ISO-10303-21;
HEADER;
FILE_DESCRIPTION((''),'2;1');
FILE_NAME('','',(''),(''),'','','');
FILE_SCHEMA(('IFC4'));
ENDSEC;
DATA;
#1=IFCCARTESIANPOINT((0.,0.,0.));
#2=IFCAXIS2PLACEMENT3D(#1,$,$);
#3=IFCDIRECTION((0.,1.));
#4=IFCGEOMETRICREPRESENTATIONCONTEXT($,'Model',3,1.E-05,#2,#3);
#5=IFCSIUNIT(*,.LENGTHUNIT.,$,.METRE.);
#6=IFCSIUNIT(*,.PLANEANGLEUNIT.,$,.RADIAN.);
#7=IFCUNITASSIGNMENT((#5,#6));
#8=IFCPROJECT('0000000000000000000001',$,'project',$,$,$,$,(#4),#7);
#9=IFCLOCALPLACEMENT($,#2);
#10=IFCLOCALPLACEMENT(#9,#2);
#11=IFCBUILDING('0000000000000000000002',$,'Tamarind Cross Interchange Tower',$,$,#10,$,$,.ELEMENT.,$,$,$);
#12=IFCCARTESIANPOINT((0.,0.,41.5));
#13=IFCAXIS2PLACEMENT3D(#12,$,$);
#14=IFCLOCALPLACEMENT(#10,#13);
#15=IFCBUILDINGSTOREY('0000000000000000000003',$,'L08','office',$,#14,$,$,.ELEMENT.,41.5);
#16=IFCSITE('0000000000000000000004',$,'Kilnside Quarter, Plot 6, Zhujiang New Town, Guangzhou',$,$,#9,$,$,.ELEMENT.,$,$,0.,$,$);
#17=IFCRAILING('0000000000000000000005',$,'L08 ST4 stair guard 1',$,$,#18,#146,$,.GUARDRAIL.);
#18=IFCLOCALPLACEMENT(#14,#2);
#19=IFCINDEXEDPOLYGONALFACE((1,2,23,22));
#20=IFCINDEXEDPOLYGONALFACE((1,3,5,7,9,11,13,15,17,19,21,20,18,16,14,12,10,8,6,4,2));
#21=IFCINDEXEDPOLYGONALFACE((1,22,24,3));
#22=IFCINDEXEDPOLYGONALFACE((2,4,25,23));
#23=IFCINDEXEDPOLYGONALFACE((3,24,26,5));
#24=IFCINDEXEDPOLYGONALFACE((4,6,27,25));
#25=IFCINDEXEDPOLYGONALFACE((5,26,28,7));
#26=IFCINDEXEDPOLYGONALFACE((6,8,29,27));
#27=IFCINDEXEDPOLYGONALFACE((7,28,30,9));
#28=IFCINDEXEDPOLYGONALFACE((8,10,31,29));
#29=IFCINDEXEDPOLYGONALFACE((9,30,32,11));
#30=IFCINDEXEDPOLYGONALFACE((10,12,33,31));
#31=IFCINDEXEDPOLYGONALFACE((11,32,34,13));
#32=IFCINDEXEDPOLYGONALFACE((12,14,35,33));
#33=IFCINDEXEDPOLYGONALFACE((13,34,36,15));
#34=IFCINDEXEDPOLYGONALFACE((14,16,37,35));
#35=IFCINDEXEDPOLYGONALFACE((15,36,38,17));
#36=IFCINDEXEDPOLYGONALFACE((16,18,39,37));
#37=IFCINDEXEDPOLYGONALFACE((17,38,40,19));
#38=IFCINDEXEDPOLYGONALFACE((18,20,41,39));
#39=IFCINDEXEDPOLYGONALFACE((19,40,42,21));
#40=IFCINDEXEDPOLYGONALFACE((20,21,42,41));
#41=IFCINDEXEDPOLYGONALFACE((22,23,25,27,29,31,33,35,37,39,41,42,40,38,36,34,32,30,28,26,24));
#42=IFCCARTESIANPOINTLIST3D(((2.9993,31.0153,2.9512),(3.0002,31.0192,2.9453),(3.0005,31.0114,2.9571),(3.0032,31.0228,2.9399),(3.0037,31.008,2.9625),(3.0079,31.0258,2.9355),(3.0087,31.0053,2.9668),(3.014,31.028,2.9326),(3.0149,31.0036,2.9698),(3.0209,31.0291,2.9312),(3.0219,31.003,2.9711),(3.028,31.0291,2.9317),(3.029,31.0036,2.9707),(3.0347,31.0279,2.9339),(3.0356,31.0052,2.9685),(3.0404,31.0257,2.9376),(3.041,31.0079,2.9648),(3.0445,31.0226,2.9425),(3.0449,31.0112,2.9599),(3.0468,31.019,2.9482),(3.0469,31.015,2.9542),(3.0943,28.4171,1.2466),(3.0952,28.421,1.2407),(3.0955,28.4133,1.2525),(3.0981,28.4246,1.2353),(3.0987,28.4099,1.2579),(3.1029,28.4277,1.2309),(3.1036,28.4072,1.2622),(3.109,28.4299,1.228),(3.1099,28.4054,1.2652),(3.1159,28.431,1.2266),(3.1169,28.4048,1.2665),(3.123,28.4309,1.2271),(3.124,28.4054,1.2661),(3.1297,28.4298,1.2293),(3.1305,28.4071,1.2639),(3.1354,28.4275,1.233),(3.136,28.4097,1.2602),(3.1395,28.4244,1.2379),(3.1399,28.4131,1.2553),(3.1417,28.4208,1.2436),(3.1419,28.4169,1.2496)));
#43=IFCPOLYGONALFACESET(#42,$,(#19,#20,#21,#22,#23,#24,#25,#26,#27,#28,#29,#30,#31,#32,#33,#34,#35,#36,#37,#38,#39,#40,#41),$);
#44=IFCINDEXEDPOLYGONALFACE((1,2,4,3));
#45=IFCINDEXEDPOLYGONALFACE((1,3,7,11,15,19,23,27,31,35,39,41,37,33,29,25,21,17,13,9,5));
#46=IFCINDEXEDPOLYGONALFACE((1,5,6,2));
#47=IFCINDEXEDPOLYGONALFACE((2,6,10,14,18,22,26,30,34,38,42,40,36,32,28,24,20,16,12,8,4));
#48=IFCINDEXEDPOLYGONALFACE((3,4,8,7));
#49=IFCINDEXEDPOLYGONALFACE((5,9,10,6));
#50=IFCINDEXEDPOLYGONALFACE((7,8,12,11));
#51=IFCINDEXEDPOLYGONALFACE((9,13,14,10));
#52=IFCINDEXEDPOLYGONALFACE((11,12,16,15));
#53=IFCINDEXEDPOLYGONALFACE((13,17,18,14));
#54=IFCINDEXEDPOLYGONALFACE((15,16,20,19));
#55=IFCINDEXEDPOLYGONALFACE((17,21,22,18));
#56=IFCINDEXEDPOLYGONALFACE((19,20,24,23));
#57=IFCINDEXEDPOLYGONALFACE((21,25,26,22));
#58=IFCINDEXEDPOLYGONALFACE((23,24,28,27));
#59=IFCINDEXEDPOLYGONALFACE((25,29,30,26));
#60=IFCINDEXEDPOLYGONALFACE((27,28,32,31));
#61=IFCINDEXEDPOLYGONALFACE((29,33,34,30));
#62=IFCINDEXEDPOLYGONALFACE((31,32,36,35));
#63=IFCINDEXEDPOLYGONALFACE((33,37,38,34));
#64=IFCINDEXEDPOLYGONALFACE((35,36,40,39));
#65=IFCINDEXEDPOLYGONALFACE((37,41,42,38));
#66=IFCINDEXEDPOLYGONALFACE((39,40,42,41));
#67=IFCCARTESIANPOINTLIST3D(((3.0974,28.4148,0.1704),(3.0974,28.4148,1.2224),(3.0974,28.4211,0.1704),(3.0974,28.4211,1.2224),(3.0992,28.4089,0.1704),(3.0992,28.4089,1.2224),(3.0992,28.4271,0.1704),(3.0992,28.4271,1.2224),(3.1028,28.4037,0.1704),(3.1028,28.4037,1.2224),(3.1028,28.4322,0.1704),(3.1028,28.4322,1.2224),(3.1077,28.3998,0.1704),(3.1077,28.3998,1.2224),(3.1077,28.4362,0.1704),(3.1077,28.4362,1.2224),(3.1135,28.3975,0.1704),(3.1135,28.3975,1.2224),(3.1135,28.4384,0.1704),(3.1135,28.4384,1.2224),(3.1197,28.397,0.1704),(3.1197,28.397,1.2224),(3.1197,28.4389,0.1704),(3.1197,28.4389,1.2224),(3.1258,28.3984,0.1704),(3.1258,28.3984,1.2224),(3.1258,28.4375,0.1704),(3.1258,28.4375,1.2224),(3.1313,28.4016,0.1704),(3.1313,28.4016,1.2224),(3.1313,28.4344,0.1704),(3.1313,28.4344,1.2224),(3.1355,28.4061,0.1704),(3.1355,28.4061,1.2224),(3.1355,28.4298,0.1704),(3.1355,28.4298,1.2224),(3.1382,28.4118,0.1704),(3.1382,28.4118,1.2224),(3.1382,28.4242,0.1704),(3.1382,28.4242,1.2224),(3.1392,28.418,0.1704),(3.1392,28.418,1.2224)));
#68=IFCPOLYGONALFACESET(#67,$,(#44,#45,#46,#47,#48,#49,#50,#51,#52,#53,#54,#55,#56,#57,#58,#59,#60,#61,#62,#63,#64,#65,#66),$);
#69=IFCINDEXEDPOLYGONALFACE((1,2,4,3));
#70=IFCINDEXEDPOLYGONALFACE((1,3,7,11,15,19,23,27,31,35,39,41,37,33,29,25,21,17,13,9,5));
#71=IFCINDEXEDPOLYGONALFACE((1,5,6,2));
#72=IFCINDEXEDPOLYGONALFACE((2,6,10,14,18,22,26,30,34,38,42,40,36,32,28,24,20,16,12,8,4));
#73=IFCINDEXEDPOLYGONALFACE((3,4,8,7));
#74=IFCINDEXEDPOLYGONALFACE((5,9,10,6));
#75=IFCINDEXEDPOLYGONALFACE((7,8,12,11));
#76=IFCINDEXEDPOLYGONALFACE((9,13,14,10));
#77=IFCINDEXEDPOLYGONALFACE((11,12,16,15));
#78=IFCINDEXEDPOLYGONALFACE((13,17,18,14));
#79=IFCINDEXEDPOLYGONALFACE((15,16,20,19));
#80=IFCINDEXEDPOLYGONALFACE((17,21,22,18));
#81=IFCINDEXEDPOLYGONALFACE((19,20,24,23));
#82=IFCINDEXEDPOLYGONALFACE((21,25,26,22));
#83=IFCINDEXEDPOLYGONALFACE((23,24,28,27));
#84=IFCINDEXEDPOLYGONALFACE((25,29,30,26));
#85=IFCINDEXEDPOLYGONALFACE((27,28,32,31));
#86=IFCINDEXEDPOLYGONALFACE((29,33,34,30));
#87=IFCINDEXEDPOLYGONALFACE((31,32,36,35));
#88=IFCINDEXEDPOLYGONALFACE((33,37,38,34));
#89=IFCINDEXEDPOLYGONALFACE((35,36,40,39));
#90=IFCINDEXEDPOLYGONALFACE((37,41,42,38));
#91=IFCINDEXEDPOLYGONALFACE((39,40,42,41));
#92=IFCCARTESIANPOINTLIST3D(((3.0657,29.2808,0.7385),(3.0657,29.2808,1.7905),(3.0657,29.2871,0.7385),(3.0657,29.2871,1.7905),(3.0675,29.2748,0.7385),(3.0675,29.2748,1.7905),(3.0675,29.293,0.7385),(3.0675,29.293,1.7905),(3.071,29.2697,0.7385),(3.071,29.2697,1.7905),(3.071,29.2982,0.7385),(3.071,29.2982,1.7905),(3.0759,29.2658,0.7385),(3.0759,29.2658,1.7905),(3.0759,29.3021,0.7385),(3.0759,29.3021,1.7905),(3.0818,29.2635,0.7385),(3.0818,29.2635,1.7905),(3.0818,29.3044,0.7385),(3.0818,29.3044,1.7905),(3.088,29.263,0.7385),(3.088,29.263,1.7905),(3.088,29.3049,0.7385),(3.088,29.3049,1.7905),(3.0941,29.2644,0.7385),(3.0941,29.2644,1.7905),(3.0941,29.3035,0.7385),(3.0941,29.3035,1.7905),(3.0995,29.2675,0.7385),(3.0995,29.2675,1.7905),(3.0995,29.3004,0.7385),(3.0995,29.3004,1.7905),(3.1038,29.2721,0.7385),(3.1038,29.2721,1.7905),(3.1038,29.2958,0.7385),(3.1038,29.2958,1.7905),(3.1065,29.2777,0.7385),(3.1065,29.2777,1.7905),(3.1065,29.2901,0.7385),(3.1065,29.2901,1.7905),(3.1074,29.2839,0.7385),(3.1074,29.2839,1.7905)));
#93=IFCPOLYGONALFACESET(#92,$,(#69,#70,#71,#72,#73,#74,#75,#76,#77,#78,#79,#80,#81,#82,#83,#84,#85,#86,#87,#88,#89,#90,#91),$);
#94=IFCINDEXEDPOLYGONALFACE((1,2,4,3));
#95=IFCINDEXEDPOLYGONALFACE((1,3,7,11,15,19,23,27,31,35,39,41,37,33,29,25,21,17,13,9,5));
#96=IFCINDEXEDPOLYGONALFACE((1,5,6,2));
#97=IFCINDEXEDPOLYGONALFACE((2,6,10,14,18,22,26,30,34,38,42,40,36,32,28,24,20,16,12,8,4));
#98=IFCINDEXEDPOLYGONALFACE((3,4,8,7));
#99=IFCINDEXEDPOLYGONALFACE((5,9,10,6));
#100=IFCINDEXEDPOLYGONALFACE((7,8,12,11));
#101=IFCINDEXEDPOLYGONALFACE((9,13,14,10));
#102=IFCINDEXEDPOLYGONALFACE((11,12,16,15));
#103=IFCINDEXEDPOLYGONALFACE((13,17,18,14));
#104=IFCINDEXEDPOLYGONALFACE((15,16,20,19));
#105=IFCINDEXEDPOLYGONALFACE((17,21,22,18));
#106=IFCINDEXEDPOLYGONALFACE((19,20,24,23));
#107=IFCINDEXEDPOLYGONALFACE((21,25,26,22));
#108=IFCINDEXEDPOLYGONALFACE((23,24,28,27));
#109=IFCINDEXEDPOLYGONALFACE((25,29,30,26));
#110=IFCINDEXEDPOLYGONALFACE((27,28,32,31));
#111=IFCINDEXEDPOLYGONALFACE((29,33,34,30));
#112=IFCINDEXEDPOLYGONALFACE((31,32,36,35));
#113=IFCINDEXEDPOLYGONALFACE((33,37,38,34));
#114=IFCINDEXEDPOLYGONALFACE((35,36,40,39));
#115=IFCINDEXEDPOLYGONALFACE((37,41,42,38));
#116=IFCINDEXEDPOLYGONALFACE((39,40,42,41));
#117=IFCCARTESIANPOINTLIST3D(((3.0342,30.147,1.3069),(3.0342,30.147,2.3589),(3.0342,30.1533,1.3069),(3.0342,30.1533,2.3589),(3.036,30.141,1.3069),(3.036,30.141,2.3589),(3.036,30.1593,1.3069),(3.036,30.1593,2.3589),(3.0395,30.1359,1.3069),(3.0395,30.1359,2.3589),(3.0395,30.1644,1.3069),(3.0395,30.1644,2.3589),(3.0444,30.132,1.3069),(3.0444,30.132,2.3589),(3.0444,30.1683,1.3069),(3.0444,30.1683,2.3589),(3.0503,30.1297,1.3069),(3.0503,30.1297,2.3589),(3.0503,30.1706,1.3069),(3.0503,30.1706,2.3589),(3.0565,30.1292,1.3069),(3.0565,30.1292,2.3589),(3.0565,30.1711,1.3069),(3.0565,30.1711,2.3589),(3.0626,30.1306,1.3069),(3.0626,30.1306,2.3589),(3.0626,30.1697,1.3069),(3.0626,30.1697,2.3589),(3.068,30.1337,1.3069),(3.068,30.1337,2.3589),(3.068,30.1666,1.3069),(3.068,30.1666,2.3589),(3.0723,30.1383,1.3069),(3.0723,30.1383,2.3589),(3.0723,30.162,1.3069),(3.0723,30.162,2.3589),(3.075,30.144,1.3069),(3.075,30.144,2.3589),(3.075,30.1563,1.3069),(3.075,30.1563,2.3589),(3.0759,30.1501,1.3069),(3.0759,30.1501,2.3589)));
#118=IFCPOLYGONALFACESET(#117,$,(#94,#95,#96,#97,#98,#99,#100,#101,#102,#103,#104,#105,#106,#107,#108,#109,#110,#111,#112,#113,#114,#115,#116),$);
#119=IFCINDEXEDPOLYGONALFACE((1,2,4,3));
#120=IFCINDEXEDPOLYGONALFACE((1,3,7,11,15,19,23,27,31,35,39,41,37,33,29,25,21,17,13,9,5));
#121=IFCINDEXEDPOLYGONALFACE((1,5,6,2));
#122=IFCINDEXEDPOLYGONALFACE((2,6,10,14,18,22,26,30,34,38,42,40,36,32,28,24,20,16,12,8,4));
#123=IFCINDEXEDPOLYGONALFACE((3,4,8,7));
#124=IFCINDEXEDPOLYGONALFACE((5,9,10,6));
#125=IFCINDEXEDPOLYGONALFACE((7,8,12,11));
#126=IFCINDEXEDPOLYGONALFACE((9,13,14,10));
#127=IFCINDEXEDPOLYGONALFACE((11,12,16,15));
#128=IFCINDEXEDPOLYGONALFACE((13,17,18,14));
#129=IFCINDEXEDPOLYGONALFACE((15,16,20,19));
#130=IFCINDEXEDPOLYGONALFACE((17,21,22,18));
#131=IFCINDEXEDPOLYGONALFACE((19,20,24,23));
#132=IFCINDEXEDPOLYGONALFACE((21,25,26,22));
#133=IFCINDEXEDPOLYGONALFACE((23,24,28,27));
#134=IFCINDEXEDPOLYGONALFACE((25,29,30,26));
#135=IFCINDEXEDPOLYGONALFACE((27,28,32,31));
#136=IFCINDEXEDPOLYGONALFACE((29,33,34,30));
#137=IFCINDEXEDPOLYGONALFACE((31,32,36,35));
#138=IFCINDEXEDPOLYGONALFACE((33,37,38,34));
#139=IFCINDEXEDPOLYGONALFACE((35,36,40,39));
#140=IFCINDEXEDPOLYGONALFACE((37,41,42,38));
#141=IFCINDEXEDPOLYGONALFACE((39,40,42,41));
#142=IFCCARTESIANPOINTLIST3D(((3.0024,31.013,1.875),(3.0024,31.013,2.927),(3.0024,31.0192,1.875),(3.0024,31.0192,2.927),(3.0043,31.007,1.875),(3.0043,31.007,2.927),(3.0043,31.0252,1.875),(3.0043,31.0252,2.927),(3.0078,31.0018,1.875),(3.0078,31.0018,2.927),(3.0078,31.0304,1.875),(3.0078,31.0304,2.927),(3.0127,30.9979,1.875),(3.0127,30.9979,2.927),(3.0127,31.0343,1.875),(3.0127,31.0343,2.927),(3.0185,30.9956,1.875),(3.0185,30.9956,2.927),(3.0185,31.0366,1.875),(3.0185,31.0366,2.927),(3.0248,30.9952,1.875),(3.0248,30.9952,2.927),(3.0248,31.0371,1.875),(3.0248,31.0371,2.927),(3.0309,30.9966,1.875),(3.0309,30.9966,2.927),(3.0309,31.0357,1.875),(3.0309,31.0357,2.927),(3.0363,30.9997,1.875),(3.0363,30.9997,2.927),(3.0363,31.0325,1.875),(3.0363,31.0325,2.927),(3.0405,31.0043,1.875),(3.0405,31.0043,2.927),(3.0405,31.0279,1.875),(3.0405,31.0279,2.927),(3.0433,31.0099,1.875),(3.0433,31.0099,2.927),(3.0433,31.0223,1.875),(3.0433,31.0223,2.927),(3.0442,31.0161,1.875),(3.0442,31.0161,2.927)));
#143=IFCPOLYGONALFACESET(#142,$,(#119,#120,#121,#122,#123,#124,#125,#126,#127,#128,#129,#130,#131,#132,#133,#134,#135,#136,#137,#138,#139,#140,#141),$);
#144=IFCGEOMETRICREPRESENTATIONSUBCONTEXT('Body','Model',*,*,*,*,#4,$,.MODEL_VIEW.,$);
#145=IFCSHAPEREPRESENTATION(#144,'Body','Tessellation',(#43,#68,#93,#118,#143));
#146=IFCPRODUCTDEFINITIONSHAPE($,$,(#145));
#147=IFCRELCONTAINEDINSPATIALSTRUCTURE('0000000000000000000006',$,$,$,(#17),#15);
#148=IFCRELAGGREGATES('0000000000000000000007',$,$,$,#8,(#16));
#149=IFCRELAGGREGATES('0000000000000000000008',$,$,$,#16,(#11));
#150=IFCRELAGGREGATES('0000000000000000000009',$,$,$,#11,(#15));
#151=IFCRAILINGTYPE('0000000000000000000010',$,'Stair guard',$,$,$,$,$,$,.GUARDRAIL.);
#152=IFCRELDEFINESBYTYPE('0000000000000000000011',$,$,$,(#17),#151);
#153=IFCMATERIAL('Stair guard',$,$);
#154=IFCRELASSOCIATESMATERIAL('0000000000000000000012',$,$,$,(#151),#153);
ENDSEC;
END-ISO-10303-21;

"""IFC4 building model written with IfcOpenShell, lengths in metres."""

from ifc_helpers import new_model, si_unit, direction, frame, origin, origin_2d, place, context, subcontext, project, spatial, circle, extrude, material, type_object, element, save


model = new_model("IFC4")

# Units and contexts
model_context = context("Model", 3, precision=1e-05, world=origin(), true_north=direction((0.0, 1.0)))
body_context = subcontext(model_context, "Body", "Model", "MODEL_VIEW")
ifc_project = project(units=[si_unit("LENGTHUNIT", "METRE"), si_unit("PLANEANGLEUNIT", "RADIAN")], contexts=[model_context])

# Site, building, storey
site_placement = place(None, origin())
site = spatial("IfcSite", under=ifc_project, at=site_placement, Name="Kilnside Quarter, Plot 6, Zhujiang New Town, Guangzhou", CompositionType="ELEMENT", RefElevation=0.0)
building_placement = place(site_placement, origin())
building = spatial("IfcBuilding", under=site, at=building_placement, Name="Tamarind Cross Interchange Tower", CompositionType="ELEMENT")
storey_placement = place(building_placement, frame((0.0, 0.0, 41.5)))
storey = spatial("IfcBuildingStorey", under=building, at=storey_placement, Name="L08", Description="office", CompositionType="ELEMENT", Elevation=41.5)

# Railing
ifc_material_1 = material(Name="Stair guard")
railing_type_1 = type_object("IfcRailingType", Name="Stair guard", PredefinedType="GUARDRAIL", material=ifc_material_1)
railing_1_placement = place(storey_placement, frame((3.1182, 28.418, 0.1704)))
element("IfcRailing", 1, at=railing_1_placement, inside=storey, type_object=railing_type_1, Name="L08 ST4 stair guard 1", PredefinedType="GUARDRAIL", context=body_context, shape_type="SweptSolid", body=[
    extrude(circle(Radius=0.0239, at=origin_2d()), frame((0.0, 0.0, 1.0762), z_axis=(-0.030548, 0.835723, 0.548301), x_axis=(-0.999333, -0.036529, 0.0)), (0.0, 0.0, 1.0), 3.1089),
    extrude(circle(Radius=0.021, at=origin_2d()), origin(), (0.0, 0.0, 1.0), 1.052),
    extrude(circle(Radius=0.021, at=origin_2d()), frame((-0.0317, 0.866, 0.5681)), (0.0, 0.0, 1.0), 1.052),
    extrude(circle(Radius=0.021, at=origin_2d()), frame((-0.0632, 1.7322, 1.1365)), (0.0, 0.0, 1.0), 1.052),
    extrude(circle(Radius=0.021, at=origin_2d()), frame((-0.095, 2.5981, 1.7046)), (0.0, 0.0, 1.0), 1.052),
])

save(model, "model.ifc")
